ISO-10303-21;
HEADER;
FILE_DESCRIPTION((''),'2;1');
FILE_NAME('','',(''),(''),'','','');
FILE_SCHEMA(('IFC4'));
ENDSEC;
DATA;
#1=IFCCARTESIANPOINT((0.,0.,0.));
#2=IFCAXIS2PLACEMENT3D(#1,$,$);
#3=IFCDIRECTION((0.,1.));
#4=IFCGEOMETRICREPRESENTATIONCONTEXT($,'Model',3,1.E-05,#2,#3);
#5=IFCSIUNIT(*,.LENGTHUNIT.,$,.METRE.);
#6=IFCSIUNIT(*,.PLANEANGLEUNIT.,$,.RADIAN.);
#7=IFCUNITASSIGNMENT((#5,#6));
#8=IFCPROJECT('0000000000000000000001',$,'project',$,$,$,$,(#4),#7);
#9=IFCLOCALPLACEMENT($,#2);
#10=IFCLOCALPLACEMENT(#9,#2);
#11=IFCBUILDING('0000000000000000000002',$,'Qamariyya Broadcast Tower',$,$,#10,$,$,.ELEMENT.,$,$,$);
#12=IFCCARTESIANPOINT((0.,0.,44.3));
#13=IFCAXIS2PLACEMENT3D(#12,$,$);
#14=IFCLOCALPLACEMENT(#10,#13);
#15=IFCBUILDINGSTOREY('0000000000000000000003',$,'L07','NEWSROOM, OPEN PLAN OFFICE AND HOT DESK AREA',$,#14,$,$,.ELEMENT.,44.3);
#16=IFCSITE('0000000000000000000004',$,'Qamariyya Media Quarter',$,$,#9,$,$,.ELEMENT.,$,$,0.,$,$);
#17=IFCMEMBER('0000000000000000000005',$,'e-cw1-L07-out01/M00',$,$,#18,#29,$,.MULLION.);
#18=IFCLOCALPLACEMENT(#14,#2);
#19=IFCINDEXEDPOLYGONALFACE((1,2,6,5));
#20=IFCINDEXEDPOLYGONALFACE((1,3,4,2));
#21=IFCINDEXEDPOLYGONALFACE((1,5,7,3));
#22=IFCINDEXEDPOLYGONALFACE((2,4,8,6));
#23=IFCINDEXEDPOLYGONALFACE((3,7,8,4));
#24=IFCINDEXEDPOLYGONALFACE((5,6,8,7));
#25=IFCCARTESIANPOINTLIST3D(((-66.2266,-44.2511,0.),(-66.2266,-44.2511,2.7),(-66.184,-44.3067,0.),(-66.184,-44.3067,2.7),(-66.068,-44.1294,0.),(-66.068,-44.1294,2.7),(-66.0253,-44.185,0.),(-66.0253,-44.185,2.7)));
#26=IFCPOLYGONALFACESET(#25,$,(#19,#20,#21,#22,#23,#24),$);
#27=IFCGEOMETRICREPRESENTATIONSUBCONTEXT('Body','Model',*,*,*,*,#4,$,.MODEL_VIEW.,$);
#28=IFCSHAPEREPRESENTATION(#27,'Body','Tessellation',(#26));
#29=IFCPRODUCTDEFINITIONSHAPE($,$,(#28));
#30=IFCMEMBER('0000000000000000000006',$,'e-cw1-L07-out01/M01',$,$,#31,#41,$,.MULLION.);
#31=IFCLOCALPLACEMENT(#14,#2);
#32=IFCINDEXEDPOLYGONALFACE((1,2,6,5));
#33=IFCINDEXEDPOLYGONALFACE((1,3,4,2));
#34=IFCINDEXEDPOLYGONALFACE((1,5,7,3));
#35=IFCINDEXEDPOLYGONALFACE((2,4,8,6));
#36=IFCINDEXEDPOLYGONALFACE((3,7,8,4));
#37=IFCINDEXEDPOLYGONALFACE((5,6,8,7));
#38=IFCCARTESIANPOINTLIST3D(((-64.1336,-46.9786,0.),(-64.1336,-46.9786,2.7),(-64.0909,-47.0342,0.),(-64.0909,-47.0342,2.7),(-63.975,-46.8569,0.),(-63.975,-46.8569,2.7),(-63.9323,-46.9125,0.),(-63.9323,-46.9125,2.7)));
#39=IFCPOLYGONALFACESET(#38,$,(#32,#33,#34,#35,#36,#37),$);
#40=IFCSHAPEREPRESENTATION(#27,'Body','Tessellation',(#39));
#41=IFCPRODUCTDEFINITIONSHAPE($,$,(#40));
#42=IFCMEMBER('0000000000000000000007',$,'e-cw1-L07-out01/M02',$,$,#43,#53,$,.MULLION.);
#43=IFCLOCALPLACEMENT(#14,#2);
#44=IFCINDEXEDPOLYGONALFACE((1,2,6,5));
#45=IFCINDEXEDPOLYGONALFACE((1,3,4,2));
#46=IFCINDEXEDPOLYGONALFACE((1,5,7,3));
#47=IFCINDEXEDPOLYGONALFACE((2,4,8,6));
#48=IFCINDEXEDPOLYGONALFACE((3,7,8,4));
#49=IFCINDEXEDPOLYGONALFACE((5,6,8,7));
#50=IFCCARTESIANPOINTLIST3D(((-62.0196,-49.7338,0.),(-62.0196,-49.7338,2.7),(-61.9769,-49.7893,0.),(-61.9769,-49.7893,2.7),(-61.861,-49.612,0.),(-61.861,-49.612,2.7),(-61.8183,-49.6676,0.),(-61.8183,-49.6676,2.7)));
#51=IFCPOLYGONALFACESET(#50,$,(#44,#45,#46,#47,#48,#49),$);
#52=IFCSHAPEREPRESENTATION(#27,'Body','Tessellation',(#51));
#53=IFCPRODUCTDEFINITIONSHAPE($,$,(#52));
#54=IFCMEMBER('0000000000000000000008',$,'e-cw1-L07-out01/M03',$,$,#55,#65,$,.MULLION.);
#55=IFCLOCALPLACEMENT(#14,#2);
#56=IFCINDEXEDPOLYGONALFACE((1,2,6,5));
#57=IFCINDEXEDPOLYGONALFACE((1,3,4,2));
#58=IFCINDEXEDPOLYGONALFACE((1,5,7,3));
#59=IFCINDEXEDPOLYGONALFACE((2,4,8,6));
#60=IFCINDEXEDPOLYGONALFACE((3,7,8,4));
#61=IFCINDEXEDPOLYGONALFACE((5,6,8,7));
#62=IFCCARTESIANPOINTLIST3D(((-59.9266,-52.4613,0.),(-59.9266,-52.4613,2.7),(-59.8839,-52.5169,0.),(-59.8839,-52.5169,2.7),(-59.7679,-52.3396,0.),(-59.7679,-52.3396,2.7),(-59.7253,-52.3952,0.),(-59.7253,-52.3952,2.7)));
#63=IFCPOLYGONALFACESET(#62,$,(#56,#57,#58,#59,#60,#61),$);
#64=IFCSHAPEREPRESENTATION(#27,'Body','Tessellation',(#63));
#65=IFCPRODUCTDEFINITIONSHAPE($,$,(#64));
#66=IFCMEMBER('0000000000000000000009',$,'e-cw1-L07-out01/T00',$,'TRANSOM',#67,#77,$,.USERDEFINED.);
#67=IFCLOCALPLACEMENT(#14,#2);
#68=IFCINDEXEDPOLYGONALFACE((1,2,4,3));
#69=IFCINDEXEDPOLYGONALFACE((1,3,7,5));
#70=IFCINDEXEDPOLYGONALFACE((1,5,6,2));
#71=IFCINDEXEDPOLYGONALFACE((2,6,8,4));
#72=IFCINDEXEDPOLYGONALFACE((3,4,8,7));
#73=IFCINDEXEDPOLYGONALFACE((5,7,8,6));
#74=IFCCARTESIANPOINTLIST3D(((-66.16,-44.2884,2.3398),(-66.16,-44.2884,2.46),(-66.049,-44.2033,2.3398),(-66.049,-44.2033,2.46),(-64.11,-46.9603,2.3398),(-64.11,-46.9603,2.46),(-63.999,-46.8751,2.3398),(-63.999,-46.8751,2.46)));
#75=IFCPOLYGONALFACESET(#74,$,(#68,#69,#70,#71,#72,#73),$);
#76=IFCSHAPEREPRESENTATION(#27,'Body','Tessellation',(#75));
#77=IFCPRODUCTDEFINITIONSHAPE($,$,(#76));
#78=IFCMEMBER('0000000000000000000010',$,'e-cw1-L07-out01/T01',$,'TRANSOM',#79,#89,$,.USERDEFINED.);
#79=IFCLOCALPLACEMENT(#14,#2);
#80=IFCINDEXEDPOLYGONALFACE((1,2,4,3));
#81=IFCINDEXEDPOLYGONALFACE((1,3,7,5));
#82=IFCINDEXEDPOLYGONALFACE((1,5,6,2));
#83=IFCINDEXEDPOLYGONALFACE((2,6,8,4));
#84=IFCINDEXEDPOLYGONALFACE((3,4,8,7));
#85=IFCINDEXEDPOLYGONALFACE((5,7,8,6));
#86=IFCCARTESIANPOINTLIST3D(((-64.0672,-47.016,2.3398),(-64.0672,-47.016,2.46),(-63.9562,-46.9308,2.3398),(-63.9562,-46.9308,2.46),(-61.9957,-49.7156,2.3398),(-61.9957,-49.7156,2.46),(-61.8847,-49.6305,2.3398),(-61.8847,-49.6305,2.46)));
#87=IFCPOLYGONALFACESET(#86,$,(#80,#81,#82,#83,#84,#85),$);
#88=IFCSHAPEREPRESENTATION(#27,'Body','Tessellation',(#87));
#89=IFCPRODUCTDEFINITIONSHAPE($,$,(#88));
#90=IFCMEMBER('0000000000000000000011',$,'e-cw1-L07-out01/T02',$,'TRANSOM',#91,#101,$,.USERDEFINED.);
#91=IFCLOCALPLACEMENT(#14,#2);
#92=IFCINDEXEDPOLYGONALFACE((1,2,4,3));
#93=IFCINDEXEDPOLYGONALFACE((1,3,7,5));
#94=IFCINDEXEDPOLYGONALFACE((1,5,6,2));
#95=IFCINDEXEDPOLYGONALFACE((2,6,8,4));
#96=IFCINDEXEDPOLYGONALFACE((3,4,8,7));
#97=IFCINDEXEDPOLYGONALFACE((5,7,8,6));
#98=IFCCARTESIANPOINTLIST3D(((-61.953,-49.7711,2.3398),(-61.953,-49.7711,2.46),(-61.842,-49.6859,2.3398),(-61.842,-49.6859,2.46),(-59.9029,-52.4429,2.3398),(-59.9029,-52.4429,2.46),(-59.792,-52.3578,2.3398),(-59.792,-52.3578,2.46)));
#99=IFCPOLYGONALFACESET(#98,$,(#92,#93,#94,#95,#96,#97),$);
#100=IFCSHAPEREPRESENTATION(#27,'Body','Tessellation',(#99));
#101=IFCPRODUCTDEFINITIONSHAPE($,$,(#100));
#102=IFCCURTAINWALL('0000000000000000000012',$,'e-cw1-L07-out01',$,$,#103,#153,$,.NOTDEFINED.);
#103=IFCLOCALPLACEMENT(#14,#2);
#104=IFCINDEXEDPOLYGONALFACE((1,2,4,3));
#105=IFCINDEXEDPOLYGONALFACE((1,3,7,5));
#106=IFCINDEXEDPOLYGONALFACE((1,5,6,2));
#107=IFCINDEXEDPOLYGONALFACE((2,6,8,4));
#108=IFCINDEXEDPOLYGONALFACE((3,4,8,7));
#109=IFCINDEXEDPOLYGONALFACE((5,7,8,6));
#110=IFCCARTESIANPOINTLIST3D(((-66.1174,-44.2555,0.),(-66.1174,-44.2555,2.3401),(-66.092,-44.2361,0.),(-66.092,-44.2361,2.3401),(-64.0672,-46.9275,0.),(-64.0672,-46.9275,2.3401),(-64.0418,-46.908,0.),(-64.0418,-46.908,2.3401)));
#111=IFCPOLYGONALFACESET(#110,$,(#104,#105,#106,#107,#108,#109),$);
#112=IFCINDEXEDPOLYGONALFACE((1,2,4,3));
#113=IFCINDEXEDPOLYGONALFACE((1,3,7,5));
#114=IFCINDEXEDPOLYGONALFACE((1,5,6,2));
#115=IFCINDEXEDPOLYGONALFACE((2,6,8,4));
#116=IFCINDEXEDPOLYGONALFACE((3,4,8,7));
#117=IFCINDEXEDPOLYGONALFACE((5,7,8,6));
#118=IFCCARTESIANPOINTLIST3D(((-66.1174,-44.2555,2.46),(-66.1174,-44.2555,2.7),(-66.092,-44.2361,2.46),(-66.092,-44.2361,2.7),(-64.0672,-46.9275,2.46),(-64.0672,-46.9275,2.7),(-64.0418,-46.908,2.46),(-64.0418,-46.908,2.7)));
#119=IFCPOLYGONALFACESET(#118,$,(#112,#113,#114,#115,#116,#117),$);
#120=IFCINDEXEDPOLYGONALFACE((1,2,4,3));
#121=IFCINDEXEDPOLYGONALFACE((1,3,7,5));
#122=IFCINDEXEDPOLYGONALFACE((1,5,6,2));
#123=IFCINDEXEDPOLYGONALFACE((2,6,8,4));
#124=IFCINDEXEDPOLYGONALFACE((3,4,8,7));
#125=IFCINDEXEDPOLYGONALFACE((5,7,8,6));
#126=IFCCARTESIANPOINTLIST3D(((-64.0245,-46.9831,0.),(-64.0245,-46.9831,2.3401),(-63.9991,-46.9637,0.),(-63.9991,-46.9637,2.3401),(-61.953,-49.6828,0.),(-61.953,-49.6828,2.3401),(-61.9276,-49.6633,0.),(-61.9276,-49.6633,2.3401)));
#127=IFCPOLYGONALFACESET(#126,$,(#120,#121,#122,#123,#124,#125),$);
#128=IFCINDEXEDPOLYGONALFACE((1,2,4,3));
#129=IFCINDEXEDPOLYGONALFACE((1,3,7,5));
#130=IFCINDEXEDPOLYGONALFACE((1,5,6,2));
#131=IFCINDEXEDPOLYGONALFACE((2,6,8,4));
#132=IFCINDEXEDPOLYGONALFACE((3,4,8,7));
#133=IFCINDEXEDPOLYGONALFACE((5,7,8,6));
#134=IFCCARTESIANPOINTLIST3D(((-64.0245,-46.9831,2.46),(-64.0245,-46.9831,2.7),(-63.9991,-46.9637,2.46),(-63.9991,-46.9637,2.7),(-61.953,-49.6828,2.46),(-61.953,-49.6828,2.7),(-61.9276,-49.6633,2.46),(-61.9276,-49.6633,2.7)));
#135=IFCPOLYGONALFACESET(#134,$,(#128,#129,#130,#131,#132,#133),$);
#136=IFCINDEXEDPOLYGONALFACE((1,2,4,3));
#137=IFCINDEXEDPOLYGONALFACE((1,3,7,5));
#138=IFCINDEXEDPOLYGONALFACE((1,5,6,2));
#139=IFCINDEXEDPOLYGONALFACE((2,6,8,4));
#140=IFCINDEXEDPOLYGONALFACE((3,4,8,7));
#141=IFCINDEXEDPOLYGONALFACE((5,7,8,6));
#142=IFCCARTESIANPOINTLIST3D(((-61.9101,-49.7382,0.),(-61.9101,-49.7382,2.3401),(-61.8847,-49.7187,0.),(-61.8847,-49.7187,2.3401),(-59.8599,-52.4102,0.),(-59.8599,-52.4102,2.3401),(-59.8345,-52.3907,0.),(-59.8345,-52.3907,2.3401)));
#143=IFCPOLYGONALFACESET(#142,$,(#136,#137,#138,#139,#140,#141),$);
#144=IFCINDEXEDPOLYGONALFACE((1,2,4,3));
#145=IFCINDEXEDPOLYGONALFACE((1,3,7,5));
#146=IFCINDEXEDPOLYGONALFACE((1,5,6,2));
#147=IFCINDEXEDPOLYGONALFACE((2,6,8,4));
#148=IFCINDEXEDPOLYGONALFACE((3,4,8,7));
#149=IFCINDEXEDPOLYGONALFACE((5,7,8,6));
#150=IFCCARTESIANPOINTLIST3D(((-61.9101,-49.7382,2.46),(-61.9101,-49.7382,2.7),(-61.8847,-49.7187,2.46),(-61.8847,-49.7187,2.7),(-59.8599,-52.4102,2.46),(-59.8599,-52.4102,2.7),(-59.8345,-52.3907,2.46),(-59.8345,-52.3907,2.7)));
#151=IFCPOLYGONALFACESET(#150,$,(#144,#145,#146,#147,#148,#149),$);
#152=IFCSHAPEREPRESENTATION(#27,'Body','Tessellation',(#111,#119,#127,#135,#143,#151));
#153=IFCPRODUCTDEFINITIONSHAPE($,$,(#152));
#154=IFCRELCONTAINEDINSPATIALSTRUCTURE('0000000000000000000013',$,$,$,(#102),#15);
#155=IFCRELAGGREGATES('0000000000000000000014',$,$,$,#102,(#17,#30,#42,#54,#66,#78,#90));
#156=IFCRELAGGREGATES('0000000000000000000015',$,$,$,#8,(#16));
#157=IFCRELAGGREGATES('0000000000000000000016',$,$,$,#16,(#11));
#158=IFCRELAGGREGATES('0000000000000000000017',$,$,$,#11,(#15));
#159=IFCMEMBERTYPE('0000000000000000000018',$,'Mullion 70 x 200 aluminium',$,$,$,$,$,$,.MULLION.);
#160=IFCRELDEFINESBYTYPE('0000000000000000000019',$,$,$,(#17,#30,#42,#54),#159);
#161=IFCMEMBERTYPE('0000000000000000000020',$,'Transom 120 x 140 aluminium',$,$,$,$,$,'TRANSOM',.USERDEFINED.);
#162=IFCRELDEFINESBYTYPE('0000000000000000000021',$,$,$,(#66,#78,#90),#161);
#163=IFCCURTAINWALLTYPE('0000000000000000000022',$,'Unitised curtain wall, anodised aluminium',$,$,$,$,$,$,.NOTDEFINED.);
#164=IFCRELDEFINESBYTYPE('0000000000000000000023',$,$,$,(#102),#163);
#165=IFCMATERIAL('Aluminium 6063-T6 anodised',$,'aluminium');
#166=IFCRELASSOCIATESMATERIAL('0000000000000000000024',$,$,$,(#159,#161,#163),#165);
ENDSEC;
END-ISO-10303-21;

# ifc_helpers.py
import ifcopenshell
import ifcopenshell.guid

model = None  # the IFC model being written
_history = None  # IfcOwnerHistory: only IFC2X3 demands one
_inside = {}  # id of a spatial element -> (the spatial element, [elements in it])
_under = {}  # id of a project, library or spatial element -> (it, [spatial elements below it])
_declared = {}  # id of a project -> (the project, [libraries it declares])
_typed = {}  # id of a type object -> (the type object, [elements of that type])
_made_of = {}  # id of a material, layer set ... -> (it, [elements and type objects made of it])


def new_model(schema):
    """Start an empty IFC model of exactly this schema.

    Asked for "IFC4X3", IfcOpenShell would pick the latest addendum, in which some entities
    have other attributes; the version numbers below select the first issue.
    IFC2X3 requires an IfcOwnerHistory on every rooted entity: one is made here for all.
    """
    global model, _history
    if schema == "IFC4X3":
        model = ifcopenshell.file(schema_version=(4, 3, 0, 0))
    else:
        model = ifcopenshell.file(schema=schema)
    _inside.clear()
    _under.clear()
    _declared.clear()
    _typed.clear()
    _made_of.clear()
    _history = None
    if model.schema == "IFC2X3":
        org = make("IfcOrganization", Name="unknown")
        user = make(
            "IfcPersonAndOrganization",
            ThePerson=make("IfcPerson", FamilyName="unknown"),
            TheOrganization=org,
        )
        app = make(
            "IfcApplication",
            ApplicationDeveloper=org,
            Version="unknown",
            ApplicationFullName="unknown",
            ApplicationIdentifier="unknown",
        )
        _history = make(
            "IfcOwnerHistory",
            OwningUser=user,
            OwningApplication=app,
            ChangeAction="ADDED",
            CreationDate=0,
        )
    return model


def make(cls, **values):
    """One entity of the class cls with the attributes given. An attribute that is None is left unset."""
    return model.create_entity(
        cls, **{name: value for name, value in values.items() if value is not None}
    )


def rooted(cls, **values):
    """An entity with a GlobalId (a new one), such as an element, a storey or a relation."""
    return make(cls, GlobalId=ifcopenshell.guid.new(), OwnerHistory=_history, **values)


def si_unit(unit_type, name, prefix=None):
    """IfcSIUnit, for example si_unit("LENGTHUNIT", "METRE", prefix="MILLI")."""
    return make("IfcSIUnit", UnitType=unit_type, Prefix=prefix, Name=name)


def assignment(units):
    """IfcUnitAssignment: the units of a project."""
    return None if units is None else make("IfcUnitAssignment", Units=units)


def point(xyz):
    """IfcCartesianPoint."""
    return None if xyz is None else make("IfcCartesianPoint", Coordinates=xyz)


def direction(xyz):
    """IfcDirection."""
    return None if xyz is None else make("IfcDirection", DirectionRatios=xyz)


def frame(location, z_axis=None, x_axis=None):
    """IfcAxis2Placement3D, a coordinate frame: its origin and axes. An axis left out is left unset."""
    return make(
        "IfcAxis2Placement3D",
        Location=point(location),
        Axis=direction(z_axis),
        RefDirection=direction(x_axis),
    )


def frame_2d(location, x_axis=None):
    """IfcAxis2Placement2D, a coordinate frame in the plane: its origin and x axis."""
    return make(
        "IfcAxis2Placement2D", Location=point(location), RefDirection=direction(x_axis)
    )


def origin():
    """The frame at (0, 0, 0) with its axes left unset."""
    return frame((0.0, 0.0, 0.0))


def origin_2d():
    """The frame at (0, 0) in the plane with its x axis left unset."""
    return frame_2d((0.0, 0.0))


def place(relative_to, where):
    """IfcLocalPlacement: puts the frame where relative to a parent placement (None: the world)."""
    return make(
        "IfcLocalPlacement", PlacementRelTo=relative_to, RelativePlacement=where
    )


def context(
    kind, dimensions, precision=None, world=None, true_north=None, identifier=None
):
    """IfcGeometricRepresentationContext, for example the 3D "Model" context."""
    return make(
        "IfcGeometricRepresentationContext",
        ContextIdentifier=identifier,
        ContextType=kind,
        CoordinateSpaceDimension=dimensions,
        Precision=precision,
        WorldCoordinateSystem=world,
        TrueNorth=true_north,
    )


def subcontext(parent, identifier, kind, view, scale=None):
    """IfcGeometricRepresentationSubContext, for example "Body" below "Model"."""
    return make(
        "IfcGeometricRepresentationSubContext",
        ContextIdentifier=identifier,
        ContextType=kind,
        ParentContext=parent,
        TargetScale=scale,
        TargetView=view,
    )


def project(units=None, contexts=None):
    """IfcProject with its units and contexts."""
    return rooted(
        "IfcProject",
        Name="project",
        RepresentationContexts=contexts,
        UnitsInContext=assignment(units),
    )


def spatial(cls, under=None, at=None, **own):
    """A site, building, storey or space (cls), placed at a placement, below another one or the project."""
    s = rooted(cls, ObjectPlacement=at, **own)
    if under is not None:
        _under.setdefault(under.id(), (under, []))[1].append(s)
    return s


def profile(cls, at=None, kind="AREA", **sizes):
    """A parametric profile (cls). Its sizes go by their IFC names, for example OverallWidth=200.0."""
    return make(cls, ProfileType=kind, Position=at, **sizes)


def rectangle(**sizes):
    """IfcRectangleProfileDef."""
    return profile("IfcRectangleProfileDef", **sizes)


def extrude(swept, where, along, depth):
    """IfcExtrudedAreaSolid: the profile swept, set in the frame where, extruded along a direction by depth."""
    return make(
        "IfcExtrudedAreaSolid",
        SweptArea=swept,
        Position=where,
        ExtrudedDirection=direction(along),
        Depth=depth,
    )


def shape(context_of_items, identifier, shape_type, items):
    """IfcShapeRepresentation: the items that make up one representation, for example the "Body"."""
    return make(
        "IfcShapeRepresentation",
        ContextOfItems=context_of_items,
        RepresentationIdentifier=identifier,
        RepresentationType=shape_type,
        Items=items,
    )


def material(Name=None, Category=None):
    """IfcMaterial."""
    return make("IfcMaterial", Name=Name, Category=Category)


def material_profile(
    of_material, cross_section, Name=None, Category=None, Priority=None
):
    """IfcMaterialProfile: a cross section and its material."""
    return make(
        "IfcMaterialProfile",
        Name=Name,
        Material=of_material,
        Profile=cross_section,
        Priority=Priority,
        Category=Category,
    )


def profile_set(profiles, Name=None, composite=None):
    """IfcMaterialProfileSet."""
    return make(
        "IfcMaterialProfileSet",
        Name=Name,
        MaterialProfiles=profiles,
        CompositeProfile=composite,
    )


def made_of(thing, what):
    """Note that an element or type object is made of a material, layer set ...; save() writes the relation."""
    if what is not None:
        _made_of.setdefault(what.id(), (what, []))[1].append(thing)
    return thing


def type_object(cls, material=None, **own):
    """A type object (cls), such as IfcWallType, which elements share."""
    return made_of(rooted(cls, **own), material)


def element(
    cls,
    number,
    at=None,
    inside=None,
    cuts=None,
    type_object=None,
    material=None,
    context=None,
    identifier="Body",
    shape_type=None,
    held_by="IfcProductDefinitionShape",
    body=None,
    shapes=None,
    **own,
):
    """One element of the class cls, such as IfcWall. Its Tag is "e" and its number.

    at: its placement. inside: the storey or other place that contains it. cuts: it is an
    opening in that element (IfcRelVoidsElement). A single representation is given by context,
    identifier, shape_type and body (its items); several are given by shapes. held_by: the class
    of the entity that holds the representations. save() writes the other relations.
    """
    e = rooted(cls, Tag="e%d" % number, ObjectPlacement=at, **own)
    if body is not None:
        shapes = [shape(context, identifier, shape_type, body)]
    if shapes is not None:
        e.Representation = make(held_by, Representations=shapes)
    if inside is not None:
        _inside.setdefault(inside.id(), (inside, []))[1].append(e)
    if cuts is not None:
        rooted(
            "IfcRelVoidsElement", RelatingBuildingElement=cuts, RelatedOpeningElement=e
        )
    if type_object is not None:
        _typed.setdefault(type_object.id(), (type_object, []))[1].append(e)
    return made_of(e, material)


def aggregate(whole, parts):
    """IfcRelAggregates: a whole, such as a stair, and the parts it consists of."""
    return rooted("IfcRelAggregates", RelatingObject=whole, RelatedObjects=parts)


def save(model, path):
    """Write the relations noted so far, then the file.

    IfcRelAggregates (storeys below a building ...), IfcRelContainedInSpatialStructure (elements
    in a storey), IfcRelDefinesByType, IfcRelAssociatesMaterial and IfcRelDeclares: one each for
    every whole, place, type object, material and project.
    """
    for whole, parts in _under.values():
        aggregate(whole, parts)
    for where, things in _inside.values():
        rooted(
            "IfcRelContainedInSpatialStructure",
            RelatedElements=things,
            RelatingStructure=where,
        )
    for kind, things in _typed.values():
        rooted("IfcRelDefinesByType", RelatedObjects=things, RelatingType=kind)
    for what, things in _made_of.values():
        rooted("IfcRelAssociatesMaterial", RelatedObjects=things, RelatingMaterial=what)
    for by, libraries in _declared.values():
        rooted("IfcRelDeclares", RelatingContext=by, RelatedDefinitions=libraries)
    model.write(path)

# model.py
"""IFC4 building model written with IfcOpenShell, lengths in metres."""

from ifc_helpers import new_model, si_unit, direction, frame, origin, origin_2d, place, context, subcontext, project, spatial, rectangle, extrude, material, material_profile, profile_set, type_object, element, aggregate, save


model = new_model("IFC4")

# Units and contexts
model_context = context("Model", 3, precision=1e-05, world=origin(), true_north=direction((0.0, 1.0)))
body_context = subcontext(model_context, "Body", "Model", "MODEL_VIEW")
ifc_project = project(units=[si_unit("LENGTHUNIT", "METRE"), si_unit("PLANEANGLEUNIT", "RADIAN")], contexts=[model_context])

# Site, building, storey
site_placement = place(None, origin())
site = spatial("IfcSite", under=ifc_project, at=site_placement, Name="Qamariyya Media Quarter", CompositionType="ELEMENT", RefElevation=0.0)
building_placement = place(site_placement, origin())
building = spatial("IfcBuilding", under=site, at=building_placement, Name="Qamariyya Broadcast Tower", CompositionType="ELEMENT")
storey_placement = place(building_placement, frame((0.0, 0.0, 44.3)))
storey = spatial("IfcBuildingStorey", under=building, at=storey_placement, Name="L07", Description="NEWSROOM, OPEN PLAN OFFICE AND HOT DESK AREA", CompositionType="ELEMENT", Elevation=44.3)

# Members
ifc_material_1 = material(Name="Aluminium 6063-T6 anodised", Category="aluminium")
ifc_material_profile_1 = material_profile(ifc_material_1, rectangle(XDim=0.2, YDim=0.0701, at=origin_2d()))
ifc_profile_set_1 = profile_set([ifc_material_profile_1], Name="Aluminium 6063-T6 anodised")
member_type_1 = type_object("IfcMemberType", Name="Mullion 70 x 200 aluminium", PredefinedType="MULLION", material=ifc_profile_set_1)
member_1_placement = place(storey_placement, frame((-66.126, -44.218, 0.0), z_axis=(0.0, 0.0, 1.0), x_axis=(0.793353, 0.608761, 0.0)))
member_1 = element("IfcMember", 1, at=member_1_placement, type_object=member_type_1, Name="e-cw1-L07-out01/M00", PredefinedType="MULLION", context=body_context, shape_type="SweptSolid", body=[
    extrude(rectangle(XDim=0.2, YDim=0.0701, at=origin_2d()), origin(), (0.0, 0.0, 1.0), 2.7),
])
member_2_placement = place(storey_placement, frame((-64.033, -46.9456, 0.0), z_axis=(0.0, 0.0, 1.0), x_axis=(0.793353, 0.608761, 0.0)))
member_2 = element("IfcMember", 2, at=member_2_placement, type_object=member_type_1, Name="e-cw1-L07-out01/M01", PredefinedType="MULLION", context=body_context, shape_type="SweptSolid", body=[
    extrude(rectangle(XDim=0.2, YDim=0.0701, at=origin_2d()), origin(), (0.0, 0.0, 1.0), 2.7),
])
member_3_placement = place(storey_placement, frame((-61.9189, -49.7007, 0.0), z_axis=(0.0, 0.0, 1.0), x_axis=(0.793353, 0.608761, 0.0)))
member_3 = element("IfcMember", 3, at=member_3_placement, type_object=member_type_1, Name="e-cw1-L07-out01/M02", PredefinedType="MULLION", context=body_context, shape_type="SweptSolid", body=[
    extrude(rectangle(XDim=0.2, YDim=0.0701, at=origin_2d()), origin(), (0.0, 0.0, 1.0), 2.7),
])
member_4_placement = place(storey_placement, frame((-59.8259, -52.4282, 0.0), z_axis=(0.0, 0.0, 1.0), x_axis=(0.793353, 0.608761, 0.0)))
member_4 = element("IfcMember", 4, at=member_4_placement, type_object=member_type_1, Name="e-cw1-L07-out01/M03", PredefinedType="MULLION", context=body_context, shape_type="SweptSolid", body=[
    extrude(rectangle(XDim=0.2, YDim=0.0701, at=origin_2d()), origin(), (0.0, 0.0, 1.0), 2.7),
])

# Members
ifc_material_profile_2 = material_profile(ifc_material_1, rectangle(XDim=0.1399, YDim=0.1201, at=origin_2d()))
ifc_profile_set_2 = profile_set([ifc_material_profile_2], Name="Aluminium 6063-T6 anodised")
member_type_2 = type_object("IfcMemberType", Name="Transom 120 x 140 aluminium", ElementType="TRANSOM", PredefinedType="USERDEFINED", material=ifc_profile_set_2)
member_5_placement = place(storey_placement, frame((-66.1045, -44.2458, 2.3999), z_axis=(0.608733, -0.793375, 0.0), x_axis=(0.793375, 0.608733, 0.0)))
member_5 = element("IfcMember", 5, at=member_5_placement, type_object=member_type_2, Name="e-cw1-L07-out01/T00", ObjectType="TRANSOM", PredefinedType="USERDEFINED", context=body_context, shape_type="SweptSolid", body=[
    extrude(rectangle(XDim=0.1399, YDim=0.1201, at=origin_2d()), origin(), (0.0, 0.0, 1.0), 3.3677),
])
member_6_placement = place(storey_placement, frame((-64.0117, -46.9734, 2.3999), z_axis=(0.608757, -0.793357, 0.0), x_axis=(0.793357, 0.608757, 0.0)))
member_6 = element("IfcMember", 6, at=member_6_placement, type_object=member_type_2, Name="e-cw1-L07-out01/T01", ObjectType="TRANSOM", PredefinedType="USERDEFINED", context=body_context, shape_type="SweptSolid", body=[
    extrude(rectangle(XDim=0.1399, YDim=0.1201, at=origin_2d()), origin(), (0.0, 0.0, 1.0), 3.4028),
])
member_7_placement = place(storey_placement, frame((-61.8975, -49.7285, 2.3999), z_axis=(0.608733, -0.793375, 0.0), x_axis=(0.793375, 0.608733, 0.0)))
member_7 = element("IfcMember", 7, at=member_7_placement, type_object=member_type_2, Name="e-cw1-L07-out01/T02", ObjectType="TRANSOM", PredefinedType="USERDEFINED", context=body_context, shape_type="SweptSolid", body=[
    extrude(rectangle(XDim=0.1399, YDim=0.1201, at=origin_2d()), origin(), (0.0, 0.0, 1.0), 3.3677),
])

# Curtain wall
curtain_wall_type = type_object("IfcCurtainWallType", Name="Unitised curtain wall, anodised aluminium", PredefinedType="NOTDEFINED", material=ifc_material_1)
curtain_wall_1_placement = place(storey_placement, origin())
curtain_wall_1 = element("IfcCurtainWall", 8, at=curtain_wall_1_placement, inside=storey, type_object=curtain_wall_type, Name="e-cw1-L07-out01", PredefinedType="NOTDEFINED", context=body_context, shape_type="SweptSolid", body=[
    extrude(rectangle(XDim=3.3679, YDim=0.032, at=origin_2d()), frame((-65.0796, -45.5818, 0.0), x_axis=(0.608756, -0.793358, 0.0)), (0.0, 0.0, 1.0), 2.3401),
    extrude(rectangle(XDim=3.3679, YDim=0.032, at=origin_2d()), frame((-65.0796, -45.5818, 2.46), x_axis=(0.608756, -0.793358, 0.0)), (0.0, 0.0, 1.0), 0.24),
    extrude(rectangle(XDim=3.4028, YDim=0.032, at=origin_2d()), frame((-62.9761, -48.3232, 0.0), x_axis=(0.608756, -0.793358, 0.0)), (0.0, 0.0, 1.0), 2.3401),
    extrude(rectangle(XDim=3.4028, YDim=0.032, at=origin_2d()), frame((-62.9761, -48.3232, 2.46), x_axis=(0.608756, -0.793358, 0.0)), (0.0, 0.0, 1.0), 0.24),
    extrude(rectangle(XDim=3.3679, YDim=0.032, at=origin_2d()), frame((-60.8723, -51.0645, 0.0), x_axis=(0.608756, -0.793358, 0.0)), (0.0, 0.0, 1.0), 2.3401),
    extrude(rectangle(XDim=3.3679, YDim=0.032, at=origin_2d()), frame((-60.8723, -51.0645, 2.46), x_axis=(0.608756, -0.793358, 0.0)), (0.0, 0.0, 1.0), 0.24),
])
aggregate(curtain_wall_1, [member_1, member_2, member_3, member_4, member_5, member_6, member_7])

save(model, "model.ifc")
